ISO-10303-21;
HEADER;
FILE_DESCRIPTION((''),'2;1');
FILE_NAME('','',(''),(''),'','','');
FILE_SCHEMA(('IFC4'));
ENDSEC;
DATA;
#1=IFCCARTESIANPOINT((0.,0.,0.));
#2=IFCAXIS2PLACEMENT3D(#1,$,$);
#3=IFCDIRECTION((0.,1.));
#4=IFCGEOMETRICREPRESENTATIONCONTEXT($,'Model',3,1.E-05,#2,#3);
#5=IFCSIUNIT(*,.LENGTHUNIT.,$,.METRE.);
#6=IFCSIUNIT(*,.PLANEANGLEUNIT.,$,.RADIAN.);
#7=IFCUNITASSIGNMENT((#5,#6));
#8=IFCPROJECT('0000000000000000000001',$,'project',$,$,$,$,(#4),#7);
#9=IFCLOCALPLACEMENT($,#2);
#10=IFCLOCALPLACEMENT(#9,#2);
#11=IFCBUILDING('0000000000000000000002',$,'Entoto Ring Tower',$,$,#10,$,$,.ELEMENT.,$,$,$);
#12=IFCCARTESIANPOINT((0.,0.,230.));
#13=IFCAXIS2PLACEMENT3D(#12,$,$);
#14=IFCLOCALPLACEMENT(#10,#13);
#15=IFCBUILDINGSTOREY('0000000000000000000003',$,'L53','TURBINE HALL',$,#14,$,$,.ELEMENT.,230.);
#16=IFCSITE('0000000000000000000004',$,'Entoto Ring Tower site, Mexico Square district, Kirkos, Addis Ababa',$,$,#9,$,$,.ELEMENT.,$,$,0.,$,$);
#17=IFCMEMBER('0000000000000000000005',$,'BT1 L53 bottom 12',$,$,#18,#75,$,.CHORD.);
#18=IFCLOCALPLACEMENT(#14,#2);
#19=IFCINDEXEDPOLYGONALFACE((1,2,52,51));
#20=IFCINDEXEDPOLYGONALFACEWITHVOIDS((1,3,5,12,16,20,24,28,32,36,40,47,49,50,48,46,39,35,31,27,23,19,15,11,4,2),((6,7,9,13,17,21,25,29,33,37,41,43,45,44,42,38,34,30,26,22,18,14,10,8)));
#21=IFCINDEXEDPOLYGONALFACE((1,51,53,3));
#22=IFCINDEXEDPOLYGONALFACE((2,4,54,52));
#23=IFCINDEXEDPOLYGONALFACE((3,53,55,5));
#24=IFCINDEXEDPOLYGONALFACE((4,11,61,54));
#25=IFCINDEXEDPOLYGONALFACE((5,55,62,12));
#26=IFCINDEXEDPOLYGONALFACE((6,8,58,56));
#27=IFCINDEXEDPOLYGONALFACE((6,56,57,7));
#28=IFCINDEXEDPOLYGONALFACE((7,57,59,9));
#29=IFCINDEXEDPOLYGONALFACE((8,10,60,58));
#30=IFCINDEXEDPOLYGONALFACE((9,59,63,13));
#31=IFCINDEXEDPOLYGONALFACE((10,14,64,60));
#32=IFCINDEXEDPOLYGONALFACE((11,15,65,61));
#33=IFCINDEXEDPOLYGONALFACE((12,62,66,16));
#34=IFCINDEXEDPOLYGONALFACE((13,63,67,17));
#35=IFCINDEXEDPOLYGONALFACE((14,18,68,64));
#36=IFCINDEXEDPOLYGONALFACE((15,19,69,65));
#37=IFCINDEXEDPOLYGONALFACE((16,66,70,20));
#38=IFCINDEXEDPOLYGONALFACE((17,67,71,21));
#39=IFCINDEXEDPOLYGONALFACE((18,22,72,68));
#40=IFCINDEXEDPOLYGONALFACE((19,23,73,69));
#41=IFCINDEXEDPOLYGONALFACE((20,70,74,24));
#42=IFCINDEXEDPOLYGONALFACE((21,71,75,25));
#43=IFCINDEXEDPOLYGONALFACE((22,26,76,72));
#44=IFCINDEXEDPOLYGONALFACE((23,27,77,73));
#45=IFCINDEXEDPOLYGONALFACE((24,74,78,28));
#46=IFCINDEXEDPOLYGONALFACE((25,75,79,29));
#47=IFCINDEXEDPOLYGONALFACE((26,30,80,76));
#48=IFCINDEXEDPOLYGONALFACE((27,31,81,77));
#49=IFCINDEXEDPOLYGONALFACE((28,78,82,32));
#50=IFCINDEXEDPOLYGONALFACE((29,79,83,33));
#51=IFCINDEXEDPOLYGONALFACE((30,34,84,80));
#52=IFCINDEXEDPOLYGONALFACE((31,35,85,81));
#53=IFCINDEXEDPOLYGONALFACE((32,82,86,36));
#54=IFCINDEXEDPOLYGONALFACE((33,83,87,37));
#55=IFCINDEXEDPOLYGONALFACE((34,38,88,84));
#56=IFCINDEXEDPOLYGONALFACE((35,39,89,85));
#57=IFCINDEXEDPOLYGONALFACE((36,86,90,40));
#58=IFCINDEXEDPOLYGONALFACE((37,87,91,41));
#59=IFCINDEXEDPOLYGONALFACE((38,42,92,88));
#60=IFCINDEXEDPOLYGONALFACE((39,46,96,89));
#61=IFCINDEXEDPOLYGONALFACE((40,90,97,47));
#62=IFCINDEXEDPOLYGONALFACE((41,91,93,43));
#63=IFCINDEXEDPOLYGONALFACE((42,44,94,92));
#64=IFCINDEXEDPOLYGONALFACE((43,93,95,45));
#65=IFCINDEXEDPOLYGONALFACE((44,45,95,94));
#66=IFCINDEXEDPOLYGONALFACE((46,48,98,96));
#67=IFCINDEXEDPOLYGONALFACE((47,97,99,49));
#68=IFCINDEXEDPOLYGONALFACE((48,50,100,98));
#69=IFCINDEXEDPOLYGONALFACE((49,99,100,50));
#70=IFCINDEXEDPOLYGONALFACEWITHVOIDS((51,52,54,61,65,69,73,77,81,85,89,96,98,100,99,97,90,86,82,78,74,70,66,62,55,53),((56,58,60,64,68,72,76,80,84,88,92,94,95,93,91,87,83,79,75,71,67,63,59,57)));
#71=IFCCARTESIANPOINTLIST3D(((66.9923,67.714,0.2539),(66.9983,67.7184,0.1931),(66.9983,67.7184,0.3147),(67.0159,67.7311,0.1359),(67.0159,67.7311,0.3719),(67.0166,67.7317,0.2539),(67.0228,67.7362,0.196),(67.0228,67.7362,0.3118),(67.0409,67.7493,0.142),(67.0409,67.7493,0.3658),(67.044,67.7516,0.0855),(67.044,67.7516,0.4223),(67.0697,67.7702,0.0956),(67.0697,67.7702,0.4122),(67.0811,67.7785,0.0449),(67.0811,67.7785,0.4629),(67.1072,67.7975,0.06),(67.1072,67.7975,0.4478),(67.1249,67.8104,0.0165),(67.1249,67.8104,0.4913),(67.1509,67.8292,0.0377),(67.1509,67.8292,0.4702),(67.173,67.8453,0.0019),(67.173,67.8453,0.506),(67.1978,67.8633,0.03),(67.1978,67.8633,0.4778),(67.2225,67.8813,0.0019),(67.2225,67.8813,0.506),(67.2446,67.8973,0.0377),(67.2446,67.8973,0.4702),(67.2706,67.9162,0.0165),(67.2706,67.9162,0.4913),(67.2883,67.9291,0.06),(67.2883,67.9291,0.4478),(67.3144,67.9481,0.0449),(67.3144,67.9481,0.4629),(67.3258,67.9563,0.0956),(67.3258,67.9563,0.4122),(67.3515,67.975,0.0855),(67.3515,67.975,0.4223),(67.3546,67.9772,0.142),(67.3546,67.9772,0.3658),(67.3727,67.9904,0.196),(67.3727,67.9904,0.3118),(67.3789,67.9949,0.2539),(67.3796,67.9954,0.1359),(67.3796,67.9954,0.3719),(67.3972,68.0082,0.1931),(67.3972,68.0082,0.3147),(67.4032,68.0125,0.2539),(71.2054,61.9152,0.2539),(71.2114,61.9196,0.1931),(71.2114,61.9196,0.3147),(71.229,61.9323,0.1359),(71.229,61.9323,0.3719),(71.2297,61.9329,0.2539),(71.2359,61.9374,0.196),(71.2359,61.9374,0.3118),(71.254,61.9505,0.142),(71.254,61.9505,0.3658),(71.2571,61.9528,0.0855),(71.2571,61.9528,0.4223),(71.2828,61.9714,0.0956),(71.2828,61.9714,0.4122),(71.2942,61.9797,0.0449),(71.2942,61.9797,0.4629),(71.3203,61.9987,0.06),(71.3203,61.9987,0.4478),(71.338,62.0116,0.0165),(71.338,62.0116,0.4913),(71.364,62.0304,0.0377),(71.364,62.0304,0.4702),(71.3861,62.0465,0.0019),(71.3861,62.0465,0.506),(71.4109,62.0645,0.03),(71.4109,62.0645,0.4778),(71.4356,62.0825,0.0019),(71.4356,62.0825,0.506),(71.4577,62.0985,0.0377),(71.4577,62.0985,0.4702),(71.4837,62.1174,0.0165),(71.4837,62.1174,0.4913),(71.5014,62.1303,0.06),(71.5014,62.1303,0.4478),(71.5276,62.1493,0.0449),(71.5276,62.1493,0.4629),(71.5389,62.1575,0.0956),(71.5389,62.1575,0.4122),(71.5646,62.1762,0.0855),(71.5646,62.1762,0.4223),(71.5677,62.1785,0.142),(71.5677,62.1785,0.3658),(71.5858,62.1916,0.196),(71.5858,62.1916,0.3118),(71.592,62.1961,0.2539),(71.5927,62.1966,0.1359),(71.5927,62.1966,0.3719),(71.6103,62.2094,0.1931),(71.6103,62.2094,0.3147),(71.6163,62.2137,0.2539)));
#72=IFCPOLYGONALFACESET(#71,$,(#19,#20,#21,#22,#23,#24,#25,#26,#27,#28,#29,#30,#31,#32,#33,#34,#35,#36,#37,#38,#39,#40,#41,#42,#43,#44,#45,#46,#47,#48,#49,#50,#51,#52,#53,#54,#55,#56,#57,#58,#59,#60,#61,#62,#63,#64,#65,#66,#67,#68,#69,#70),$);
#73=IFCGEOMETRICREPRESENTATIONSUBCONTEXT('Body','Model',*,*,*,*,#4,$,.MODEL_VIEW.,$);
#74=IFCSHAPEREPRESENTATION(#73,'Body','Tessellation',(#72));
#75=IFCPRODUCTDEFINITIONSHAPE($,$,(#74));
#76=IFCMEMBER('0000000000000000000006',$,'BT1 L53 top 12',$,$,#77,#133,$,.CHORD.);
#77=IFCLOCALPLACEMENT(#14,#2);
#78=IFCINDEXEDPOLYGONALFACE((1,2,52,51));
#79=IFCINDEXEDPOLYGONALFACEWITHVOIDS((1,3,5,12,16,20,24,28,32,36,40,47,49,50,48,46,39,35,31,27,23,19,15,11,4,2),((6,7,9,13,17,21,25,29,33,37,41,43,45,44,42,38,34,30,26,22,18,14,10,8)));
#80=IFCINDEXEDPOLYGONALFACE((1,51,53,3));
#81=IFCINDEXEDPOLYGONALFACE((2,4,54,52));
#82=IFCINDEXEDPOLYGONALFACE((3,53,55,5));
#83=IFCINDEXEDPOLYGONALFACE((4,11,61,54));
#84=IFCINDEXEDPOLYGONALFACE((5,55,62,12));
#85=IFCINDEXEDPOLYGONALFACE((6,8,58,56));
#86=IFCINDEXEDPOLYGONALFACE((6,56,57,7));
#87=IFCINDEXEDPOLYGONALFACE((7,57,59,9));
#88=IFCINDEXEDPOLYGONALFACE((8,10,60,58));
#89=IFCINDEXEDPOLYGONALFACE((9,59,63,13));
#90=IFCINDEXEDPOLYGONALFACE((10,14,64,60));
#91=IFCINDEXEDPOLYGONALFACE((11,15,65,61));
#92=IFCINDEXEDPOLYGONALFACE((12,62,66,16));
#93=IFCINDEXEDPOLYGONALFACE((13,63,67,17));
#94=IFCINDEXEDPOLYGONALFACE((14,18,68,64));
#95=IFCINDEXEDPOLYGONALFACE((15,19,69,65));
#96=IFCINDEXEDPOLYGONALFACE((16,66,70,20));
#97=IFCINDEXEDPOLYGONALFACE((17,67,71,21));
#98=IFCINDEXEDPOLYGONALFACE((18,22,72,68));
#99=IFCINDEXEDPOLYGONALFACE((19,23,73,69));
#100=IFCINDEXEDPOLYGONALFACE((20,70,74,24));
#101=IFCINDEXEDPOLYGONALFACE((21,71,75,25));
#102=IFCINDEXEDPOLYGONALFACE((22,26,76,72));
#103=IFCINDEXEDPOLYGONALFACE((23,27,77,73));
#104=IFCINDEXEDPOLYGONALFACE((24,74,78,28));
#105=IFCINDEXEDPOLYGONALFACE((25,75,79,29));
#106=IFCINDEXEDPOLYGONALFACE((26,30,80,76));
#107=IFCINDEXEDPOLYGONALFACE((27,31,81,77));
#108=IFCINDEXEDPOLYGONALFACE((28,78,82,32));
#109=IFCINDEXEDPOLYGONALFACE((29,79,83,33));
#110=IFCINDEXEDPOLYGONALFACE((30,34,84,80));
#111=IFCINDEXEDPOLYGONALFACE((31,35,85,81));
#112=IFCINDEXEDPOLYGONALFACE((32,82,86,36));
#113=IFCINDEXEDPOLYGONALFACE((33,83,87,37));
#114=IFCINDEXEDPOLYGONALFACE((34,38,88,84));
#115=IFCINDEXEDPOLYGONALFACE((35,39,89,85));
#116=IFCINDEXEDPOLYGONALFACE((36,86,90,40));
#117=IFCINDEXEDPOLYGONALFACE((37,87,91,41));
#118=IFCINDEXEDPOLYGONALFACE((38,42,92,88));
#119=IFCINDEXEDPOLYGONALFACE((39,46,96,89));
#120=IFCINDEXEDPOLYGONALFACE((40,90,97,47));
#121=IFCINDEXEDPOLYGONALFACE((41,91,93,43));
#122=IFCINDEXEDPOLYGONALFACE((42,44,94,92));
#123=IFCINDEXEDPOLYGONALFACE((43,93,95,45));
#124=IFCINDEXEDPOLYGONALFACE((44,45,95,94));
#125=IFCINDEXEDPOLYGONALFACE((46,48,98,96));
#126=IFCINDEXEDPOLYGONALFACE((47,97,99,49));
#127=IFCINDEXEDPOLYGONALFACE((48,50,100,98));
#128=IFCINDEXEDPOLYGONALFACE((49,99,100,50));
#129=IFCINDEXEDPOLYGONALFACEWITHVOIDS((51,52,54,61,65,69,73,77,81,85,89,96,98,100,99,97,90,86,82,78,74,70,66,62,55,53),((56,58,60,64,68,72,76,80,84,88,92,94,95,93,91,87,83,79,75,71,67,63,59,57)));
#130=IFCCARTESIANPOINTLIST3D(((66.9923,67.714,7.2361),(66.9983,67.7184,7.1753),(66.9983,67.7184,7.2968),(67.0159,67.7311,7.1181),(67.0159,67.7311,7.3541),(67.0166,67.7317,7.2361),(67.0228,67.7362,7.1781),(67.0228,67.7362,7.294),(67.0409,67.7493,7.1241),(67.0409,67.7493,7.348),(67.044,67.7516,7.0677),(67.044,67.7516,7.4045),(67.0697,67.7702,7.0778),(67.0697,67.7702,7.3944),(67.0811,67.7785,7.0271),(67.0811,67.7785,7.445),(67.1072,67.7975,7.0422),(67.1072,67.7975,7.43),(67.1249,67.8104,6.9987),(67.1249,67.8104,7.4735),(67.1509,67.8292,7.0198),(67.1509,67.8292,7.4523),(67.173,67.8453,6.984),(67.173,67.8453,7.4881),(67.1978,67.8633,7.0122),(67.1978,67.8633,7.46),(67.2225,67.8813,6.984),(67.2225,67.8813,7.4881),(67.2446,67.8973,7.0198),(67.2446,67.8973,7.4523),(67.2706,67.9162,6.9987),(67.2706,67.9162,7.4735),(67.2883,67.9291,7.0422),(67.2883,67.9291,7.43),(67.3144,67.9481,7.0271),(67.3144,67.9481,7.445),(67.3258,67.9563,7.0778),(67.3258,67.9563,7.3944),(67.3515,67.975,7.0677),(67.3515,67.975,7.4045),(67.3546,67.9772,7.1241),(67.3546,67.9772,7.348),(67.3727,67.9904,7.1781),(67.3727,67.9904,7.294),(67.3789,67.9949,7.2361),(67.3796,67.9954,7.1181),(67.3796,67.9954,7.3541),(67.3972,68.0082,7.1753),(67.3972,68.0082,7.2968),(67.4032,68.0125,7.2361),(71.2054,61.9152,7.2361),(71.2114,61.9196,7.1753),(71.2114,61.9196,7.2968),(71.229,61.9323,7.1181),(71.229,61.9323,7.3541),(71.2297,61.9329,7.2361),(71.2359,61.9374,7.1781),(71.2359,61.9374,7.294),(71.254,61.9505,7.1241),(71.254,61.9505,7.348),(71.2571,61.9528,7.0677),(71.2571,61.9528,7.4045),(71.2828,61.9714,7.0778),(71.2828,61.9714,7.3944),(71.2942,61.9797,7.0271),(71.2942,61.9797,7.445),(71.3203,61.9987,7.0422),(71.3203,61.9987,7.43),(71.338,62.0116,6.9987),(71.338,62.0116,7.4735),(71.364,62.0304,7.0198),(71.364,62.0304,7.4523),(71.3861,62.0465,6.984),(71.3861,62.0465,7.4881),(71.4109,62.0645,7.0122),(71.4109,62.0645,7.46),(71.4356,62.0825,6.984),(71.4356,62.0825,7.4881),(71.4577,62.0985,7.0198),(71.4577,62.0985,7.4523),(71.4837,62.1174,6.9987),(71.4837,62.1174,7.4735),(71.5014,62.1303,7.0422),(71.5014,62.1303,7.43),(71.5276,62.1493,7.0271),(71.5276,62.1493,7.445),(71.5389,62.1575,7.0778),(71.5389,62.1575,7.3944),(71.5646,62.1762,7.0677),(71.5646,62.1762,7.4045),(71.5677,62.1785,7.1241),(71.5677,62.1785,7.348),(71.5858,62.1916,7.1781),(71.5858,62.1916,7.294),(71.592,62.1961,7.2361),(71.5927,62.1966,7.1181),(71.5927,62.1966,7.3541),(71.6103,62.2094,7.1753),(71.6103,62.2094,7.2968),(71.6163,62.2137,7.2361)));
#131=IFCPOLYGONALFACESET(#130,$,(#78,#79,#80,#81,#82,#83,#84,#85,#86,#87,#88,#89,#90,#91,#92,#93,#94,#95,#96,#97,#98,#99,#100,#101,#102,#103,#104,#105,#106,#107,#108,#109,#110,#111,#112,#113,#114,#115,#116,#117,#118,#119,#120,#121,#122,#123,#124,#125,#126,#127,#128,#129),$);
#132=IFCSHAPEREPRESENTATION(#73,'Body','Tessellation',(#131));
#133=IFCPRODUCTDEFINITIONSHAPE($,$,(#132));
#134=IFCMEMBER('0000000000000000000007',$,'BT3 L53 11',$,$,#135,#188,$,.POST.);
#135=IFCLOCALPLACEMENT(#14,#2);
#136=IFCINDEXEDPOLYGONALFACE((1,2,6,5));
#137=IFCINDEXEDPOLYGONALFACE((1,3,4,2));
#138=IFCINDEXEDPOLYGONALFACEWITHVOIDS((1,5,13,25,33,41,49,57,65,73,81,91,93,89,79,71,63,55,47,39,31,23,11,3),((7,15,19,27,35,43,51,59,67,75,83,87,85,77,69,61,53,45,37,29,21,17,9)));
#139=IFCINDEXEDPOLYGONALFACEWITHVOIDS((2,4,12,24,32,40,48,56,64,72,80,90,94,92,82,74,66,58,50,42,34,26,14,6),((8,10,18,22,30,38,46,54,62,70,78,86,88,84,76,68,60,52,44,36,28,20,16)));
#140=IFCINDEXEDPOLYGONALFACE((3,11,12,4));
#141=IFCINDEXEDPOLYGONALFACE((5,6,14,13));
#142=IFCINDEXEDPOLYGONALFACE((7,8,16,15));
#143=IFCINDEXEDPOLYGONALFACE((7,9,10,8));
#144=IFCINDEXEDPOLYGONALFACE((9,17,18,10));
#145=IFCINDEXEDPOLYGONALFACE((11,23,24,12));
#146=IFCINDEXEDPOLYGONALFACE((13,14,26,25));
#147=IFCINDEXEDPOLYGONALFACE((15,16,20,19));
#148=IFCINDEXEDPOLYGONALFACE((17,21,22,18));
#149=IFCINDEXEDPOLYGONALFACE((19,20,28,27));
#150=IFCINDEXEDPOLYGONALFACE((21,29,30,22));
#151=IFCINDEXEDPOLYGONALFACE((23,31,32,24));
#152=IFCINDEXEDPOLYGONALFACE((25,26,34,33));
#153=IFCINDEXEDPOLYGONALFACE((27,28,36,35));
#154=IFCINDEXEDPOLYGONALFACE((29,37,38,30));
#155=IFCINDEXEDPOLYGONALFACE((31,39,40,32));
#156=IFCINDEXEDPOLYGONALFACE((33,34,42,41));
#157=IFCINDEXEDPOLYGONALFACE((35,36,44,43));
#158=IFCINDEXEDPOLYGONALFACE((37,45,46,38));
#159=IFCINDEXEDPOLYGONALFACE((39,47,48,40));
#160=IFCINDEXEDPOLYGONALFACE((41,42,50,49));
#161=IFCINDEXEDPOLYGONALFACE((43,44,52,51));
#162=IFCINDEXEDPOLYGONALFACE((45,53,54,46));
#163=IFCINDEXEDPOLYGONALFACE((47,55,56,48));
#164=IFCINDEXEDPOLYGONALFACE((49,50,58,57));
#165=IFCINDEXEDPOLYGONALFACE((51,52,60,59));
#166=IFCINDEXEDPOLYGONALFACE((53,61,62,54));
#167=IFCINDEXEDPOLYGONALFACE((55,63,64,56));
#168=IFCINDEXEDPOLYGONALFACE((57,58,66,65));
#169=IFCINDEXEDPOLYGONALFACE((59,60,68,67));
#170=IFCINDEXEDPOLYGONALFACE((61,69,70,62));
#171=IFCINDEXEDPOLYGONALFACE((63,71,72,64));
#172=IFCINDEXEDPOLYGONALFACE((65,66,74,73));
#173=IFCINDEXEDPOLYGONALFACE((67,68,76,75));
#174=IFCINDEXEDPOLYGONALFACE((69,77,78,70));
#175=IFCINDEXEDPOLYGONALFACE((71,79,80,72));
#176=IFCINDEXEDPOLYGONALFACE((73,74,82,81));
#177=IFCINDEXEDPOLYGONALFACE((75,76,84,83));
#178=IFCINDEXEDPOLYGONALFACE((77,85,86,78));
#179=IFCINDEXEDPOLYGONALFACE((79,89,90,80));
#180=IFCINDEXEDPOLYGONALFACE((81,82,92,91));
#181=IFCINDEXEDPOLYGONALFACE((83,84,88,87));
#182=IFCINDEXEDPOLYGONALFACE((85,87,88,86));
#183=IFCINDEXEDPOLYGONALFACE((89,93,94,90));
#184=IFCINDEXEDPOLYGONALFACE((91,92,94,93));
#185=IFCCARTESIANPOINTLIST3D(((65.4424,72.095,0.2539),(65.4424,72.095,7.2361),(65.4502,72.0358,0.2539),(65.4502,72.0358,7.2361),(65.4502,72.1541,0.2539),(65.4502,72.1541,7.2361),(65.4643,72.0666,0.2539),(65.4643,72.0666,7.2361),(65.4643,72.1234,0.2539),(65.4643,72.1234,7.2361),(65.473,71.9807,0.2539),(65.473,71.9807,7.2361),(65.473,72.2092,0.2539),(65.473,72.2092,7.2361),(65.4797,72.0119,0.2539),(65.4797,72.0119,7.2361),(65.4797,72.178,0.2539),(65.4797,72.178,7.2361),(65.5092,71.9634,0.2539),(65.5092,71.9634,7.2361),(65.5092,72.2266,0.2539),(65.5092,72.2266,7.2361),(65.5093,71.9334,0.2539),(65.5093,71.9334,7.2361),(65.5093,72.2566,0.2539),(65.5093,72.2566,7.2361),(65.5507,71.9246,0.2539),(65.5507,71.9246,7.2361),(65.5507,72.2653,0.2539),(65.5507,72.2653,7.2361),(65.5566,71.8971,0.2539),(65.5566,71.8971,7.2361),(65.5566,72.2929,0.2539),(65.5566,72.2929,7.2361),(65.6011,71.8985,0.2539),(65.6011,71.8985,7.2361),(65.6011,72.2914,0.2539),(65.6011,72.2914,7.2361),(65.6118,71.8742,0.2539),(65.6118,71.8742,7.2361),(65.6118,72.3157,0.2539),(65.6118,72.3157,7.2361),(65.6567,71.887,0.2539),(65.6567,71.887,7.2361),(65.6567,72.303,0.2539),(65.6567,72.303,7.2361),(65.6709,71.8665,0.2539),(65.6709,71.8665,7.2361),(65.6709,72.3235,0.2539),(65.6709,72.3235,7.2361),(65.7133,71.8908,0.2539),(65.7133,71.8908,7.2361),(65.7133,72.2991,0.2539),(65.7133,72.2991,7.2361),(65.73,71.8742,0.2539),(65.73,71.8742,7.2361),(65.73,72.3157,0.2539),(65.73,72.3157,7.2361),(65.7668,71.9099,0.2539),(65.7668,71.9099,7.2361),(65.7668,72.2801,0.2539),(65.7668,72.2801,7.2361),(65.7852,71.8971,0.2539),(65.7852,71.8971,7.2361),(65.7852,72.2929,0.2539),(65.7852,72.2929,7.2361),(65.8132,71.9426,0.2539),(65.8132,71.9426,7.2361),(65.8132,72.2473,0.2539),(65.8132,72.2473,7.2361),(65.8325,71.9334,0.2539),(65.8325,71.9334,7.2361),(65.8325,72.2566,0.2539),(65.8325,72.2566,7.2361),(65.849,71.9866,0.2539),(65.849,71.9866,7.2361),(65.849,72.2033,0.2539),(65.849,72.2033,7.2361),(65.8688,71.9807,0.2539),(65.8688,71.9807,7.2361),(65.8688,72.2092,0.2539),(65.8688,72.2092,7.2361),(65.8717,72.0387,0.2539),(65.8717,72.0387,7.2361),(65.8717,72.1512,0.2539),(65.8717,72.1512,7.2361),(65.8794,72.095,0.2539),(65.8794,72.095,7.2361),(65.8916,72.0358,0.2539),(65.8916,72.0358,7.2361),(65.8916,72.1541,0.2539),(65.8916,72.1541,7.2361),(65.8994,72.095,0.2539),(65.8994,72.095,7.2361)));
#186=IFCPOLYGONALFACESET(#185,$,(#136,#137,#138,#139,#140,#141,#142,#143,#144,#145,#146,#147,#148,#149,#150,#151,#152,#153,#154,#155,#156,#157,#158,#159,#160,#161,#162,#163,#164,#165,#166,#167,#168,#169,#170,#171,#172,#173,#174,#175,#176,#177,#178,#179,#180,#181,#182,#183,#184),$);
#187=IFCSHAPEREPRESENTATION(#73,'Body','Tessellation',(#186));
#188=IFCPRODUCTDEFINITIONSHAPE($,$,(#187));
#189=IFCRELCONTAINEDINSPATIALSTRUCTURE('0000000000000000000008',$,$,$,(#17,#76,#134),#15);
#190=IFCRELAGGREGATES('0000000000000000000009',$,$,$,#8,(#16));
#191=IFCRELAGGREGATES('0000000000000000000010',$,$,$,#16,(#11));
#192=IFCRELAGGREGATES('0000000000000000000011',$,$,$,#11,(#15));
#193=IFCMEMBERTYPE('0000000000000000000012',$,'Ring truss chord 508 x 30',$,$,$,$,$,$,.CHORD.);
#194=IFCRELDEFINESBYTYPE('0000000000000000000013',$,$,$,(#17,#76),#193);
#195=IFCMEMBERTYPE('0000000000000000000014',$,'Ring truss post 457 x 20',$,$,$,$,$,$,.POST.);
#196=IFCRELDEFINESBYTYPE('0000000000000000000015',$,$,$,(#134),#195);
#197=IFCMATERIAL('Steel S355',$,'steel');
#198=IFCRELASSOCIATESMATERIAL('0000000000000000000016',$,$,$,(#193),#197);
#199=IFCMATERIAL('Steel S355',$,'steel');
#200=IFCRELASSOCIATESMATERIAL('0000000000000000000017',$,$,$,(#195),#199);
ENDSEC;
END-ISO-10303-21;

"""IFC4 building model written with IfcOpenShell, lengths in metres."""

from ifc_helpers import new_model, si_unit, direction, frame, origin, origin_2d, place, context, subcontext, project, spatial, circle, hollow_circle, extrude, material, material_profile, profile_set, type_object, element, save


model = new_model("IFC4")

# Units and contexts
model_context = context("Model", 3, precision=1e-05, world=origin(), true_north=direction((0.0, 1.0)))
body_context = subcontext(model_context, "Body", "Model", "MODEL_VIEW")
ifc_project = project(units=[si_unit("LENGTHUNIT", "METRE"), si_unit("PLANEANGLEUNIT", "RADIAN")], contexts=[model_context])

# Site, building, storey
site_placement = place(None, origin())
site = spatial("IfcSite", under=ifc_project, at=site_placement, Name="Entoto Ring Tower site, Mexico Square district, Kirkos, Addis Ababa", CompositionType="ELEMENT", RefElevation=0.0)
building_placement = place(site_placement, origin())
building = spatial("IfcBuilding", under=site, at=building_placement, Name="Entoto Ring Tower", CompositionType="ELEMENT")
storey_placement = place(building_placement, frame((0.0, 0.0, 230.0)))
storey = spatial("IfcBuildingStorey", under=building, at=storey_placement, Name="L53", Description="TURBINE HALL", CompositionType="ELEMENT", Elevation=230.0)

# Members
ifc_material_1 = material(Name="Steel S355", Category="steel")
ifc_material_profile_1 = material_profile(ifc_material_1, hollow_circle(Radius=0.2539, WallThickness=0.03, at=origin_2d()), Name="CHS 508 x 30")
ifc_material_2 = material(Name="Concrete C60/75", Category="concrete")
ifc_material_profile_2 = material_profile(ifc_material_2, circle(Radius=0.2241, at=origin_2d()), Name="Concrete C60/75 infill")
ifc_profile_set_1 = profile_set([ifc_material_profile_1, ifc_material_profile_2], Name="Steel S355")
member_type_1 = type_object("IfcMemberType", Name="Ring truss chord 508 x 30", PredefinedType="CHORD", material=ifc_profile_set_1)
for number, where, z_axis, x_axis, name in (
    (1, (67.1978, 67.8633, 0.2539), (0.587789, -0.809014, 0.0), (0.809014, 0.587789, 0.0), "BT1 L53 bottom 12"),
    (2, (67.1978, 67.8633, 7.2361), (0.587789, -0.809014, 0.0), (0.809014, 0.587789, 0.0), "BT1 L53 top 12"),
):
    element("IfcMember", number, at=place(storey_placement, frame(where, z_axis=z_axis, x_axis=x_axis)), inside=storey, type_object=member_type_1, Name=name, PredefinedType="CHORD", context=body_context, shape_type="SweptSolid", body=[
        extrude(hollow_circle(Radius=0.2539, WallThickness=0.03, at=origin_2d()), origin(), (0.0, 0.0, 1.0), 7.1677),
    ])
ifc_material_3 = material(Name="Steel S355", Category="steel")
ifc_material_profile_3 = material_profile(ifc_material_3, hollow_circle(Radius=0.2285, WallThickness=0.02, at=origin_2d()), Name="CHS 457 x 20")
ifc_material_4 = material(Name="Concrete C60/75", Category="concrete")
ifc_material_profile_4 = material_profile(ifc_material_4, circle(Radius=0.2085, at=origin_2d()), Name="Concrete C60/75 infill")
ifc_profile_set_2 = profile_set([ifc_material_profile_3, ifc_material_profile_4], Name="Steel S355")
member_type_2 = type_object("IfcMemberType", Name="Ring truss post 457 x 20", PredefinedType="POST", material=ifc_profile_set_2)
for number, where, z_axis, x_axis, name in (
    (3, (65.6709, 72.095, 0.2539), (0.0, 0.0, 1.0), (1.0, 0.0, 0.0), "BT3 L53 11"),
):
    element("IfcMember", number, at=place(storey_placement, frame(where, z_axis=z_axis, x_axis=x_axis)), inside=storey, type_object=member_type_2, Name=name, PredefinedType="POST", context=body_context, shape_type="SweptSolid", body=[
        extrude(hollow_circle(Radius=0.2285, WallThickness=0.02, at=origin_2d()), origin(), (0.0, 0.0, 1.0), 6.9822),
    ])

save(model, "model.ifc")
